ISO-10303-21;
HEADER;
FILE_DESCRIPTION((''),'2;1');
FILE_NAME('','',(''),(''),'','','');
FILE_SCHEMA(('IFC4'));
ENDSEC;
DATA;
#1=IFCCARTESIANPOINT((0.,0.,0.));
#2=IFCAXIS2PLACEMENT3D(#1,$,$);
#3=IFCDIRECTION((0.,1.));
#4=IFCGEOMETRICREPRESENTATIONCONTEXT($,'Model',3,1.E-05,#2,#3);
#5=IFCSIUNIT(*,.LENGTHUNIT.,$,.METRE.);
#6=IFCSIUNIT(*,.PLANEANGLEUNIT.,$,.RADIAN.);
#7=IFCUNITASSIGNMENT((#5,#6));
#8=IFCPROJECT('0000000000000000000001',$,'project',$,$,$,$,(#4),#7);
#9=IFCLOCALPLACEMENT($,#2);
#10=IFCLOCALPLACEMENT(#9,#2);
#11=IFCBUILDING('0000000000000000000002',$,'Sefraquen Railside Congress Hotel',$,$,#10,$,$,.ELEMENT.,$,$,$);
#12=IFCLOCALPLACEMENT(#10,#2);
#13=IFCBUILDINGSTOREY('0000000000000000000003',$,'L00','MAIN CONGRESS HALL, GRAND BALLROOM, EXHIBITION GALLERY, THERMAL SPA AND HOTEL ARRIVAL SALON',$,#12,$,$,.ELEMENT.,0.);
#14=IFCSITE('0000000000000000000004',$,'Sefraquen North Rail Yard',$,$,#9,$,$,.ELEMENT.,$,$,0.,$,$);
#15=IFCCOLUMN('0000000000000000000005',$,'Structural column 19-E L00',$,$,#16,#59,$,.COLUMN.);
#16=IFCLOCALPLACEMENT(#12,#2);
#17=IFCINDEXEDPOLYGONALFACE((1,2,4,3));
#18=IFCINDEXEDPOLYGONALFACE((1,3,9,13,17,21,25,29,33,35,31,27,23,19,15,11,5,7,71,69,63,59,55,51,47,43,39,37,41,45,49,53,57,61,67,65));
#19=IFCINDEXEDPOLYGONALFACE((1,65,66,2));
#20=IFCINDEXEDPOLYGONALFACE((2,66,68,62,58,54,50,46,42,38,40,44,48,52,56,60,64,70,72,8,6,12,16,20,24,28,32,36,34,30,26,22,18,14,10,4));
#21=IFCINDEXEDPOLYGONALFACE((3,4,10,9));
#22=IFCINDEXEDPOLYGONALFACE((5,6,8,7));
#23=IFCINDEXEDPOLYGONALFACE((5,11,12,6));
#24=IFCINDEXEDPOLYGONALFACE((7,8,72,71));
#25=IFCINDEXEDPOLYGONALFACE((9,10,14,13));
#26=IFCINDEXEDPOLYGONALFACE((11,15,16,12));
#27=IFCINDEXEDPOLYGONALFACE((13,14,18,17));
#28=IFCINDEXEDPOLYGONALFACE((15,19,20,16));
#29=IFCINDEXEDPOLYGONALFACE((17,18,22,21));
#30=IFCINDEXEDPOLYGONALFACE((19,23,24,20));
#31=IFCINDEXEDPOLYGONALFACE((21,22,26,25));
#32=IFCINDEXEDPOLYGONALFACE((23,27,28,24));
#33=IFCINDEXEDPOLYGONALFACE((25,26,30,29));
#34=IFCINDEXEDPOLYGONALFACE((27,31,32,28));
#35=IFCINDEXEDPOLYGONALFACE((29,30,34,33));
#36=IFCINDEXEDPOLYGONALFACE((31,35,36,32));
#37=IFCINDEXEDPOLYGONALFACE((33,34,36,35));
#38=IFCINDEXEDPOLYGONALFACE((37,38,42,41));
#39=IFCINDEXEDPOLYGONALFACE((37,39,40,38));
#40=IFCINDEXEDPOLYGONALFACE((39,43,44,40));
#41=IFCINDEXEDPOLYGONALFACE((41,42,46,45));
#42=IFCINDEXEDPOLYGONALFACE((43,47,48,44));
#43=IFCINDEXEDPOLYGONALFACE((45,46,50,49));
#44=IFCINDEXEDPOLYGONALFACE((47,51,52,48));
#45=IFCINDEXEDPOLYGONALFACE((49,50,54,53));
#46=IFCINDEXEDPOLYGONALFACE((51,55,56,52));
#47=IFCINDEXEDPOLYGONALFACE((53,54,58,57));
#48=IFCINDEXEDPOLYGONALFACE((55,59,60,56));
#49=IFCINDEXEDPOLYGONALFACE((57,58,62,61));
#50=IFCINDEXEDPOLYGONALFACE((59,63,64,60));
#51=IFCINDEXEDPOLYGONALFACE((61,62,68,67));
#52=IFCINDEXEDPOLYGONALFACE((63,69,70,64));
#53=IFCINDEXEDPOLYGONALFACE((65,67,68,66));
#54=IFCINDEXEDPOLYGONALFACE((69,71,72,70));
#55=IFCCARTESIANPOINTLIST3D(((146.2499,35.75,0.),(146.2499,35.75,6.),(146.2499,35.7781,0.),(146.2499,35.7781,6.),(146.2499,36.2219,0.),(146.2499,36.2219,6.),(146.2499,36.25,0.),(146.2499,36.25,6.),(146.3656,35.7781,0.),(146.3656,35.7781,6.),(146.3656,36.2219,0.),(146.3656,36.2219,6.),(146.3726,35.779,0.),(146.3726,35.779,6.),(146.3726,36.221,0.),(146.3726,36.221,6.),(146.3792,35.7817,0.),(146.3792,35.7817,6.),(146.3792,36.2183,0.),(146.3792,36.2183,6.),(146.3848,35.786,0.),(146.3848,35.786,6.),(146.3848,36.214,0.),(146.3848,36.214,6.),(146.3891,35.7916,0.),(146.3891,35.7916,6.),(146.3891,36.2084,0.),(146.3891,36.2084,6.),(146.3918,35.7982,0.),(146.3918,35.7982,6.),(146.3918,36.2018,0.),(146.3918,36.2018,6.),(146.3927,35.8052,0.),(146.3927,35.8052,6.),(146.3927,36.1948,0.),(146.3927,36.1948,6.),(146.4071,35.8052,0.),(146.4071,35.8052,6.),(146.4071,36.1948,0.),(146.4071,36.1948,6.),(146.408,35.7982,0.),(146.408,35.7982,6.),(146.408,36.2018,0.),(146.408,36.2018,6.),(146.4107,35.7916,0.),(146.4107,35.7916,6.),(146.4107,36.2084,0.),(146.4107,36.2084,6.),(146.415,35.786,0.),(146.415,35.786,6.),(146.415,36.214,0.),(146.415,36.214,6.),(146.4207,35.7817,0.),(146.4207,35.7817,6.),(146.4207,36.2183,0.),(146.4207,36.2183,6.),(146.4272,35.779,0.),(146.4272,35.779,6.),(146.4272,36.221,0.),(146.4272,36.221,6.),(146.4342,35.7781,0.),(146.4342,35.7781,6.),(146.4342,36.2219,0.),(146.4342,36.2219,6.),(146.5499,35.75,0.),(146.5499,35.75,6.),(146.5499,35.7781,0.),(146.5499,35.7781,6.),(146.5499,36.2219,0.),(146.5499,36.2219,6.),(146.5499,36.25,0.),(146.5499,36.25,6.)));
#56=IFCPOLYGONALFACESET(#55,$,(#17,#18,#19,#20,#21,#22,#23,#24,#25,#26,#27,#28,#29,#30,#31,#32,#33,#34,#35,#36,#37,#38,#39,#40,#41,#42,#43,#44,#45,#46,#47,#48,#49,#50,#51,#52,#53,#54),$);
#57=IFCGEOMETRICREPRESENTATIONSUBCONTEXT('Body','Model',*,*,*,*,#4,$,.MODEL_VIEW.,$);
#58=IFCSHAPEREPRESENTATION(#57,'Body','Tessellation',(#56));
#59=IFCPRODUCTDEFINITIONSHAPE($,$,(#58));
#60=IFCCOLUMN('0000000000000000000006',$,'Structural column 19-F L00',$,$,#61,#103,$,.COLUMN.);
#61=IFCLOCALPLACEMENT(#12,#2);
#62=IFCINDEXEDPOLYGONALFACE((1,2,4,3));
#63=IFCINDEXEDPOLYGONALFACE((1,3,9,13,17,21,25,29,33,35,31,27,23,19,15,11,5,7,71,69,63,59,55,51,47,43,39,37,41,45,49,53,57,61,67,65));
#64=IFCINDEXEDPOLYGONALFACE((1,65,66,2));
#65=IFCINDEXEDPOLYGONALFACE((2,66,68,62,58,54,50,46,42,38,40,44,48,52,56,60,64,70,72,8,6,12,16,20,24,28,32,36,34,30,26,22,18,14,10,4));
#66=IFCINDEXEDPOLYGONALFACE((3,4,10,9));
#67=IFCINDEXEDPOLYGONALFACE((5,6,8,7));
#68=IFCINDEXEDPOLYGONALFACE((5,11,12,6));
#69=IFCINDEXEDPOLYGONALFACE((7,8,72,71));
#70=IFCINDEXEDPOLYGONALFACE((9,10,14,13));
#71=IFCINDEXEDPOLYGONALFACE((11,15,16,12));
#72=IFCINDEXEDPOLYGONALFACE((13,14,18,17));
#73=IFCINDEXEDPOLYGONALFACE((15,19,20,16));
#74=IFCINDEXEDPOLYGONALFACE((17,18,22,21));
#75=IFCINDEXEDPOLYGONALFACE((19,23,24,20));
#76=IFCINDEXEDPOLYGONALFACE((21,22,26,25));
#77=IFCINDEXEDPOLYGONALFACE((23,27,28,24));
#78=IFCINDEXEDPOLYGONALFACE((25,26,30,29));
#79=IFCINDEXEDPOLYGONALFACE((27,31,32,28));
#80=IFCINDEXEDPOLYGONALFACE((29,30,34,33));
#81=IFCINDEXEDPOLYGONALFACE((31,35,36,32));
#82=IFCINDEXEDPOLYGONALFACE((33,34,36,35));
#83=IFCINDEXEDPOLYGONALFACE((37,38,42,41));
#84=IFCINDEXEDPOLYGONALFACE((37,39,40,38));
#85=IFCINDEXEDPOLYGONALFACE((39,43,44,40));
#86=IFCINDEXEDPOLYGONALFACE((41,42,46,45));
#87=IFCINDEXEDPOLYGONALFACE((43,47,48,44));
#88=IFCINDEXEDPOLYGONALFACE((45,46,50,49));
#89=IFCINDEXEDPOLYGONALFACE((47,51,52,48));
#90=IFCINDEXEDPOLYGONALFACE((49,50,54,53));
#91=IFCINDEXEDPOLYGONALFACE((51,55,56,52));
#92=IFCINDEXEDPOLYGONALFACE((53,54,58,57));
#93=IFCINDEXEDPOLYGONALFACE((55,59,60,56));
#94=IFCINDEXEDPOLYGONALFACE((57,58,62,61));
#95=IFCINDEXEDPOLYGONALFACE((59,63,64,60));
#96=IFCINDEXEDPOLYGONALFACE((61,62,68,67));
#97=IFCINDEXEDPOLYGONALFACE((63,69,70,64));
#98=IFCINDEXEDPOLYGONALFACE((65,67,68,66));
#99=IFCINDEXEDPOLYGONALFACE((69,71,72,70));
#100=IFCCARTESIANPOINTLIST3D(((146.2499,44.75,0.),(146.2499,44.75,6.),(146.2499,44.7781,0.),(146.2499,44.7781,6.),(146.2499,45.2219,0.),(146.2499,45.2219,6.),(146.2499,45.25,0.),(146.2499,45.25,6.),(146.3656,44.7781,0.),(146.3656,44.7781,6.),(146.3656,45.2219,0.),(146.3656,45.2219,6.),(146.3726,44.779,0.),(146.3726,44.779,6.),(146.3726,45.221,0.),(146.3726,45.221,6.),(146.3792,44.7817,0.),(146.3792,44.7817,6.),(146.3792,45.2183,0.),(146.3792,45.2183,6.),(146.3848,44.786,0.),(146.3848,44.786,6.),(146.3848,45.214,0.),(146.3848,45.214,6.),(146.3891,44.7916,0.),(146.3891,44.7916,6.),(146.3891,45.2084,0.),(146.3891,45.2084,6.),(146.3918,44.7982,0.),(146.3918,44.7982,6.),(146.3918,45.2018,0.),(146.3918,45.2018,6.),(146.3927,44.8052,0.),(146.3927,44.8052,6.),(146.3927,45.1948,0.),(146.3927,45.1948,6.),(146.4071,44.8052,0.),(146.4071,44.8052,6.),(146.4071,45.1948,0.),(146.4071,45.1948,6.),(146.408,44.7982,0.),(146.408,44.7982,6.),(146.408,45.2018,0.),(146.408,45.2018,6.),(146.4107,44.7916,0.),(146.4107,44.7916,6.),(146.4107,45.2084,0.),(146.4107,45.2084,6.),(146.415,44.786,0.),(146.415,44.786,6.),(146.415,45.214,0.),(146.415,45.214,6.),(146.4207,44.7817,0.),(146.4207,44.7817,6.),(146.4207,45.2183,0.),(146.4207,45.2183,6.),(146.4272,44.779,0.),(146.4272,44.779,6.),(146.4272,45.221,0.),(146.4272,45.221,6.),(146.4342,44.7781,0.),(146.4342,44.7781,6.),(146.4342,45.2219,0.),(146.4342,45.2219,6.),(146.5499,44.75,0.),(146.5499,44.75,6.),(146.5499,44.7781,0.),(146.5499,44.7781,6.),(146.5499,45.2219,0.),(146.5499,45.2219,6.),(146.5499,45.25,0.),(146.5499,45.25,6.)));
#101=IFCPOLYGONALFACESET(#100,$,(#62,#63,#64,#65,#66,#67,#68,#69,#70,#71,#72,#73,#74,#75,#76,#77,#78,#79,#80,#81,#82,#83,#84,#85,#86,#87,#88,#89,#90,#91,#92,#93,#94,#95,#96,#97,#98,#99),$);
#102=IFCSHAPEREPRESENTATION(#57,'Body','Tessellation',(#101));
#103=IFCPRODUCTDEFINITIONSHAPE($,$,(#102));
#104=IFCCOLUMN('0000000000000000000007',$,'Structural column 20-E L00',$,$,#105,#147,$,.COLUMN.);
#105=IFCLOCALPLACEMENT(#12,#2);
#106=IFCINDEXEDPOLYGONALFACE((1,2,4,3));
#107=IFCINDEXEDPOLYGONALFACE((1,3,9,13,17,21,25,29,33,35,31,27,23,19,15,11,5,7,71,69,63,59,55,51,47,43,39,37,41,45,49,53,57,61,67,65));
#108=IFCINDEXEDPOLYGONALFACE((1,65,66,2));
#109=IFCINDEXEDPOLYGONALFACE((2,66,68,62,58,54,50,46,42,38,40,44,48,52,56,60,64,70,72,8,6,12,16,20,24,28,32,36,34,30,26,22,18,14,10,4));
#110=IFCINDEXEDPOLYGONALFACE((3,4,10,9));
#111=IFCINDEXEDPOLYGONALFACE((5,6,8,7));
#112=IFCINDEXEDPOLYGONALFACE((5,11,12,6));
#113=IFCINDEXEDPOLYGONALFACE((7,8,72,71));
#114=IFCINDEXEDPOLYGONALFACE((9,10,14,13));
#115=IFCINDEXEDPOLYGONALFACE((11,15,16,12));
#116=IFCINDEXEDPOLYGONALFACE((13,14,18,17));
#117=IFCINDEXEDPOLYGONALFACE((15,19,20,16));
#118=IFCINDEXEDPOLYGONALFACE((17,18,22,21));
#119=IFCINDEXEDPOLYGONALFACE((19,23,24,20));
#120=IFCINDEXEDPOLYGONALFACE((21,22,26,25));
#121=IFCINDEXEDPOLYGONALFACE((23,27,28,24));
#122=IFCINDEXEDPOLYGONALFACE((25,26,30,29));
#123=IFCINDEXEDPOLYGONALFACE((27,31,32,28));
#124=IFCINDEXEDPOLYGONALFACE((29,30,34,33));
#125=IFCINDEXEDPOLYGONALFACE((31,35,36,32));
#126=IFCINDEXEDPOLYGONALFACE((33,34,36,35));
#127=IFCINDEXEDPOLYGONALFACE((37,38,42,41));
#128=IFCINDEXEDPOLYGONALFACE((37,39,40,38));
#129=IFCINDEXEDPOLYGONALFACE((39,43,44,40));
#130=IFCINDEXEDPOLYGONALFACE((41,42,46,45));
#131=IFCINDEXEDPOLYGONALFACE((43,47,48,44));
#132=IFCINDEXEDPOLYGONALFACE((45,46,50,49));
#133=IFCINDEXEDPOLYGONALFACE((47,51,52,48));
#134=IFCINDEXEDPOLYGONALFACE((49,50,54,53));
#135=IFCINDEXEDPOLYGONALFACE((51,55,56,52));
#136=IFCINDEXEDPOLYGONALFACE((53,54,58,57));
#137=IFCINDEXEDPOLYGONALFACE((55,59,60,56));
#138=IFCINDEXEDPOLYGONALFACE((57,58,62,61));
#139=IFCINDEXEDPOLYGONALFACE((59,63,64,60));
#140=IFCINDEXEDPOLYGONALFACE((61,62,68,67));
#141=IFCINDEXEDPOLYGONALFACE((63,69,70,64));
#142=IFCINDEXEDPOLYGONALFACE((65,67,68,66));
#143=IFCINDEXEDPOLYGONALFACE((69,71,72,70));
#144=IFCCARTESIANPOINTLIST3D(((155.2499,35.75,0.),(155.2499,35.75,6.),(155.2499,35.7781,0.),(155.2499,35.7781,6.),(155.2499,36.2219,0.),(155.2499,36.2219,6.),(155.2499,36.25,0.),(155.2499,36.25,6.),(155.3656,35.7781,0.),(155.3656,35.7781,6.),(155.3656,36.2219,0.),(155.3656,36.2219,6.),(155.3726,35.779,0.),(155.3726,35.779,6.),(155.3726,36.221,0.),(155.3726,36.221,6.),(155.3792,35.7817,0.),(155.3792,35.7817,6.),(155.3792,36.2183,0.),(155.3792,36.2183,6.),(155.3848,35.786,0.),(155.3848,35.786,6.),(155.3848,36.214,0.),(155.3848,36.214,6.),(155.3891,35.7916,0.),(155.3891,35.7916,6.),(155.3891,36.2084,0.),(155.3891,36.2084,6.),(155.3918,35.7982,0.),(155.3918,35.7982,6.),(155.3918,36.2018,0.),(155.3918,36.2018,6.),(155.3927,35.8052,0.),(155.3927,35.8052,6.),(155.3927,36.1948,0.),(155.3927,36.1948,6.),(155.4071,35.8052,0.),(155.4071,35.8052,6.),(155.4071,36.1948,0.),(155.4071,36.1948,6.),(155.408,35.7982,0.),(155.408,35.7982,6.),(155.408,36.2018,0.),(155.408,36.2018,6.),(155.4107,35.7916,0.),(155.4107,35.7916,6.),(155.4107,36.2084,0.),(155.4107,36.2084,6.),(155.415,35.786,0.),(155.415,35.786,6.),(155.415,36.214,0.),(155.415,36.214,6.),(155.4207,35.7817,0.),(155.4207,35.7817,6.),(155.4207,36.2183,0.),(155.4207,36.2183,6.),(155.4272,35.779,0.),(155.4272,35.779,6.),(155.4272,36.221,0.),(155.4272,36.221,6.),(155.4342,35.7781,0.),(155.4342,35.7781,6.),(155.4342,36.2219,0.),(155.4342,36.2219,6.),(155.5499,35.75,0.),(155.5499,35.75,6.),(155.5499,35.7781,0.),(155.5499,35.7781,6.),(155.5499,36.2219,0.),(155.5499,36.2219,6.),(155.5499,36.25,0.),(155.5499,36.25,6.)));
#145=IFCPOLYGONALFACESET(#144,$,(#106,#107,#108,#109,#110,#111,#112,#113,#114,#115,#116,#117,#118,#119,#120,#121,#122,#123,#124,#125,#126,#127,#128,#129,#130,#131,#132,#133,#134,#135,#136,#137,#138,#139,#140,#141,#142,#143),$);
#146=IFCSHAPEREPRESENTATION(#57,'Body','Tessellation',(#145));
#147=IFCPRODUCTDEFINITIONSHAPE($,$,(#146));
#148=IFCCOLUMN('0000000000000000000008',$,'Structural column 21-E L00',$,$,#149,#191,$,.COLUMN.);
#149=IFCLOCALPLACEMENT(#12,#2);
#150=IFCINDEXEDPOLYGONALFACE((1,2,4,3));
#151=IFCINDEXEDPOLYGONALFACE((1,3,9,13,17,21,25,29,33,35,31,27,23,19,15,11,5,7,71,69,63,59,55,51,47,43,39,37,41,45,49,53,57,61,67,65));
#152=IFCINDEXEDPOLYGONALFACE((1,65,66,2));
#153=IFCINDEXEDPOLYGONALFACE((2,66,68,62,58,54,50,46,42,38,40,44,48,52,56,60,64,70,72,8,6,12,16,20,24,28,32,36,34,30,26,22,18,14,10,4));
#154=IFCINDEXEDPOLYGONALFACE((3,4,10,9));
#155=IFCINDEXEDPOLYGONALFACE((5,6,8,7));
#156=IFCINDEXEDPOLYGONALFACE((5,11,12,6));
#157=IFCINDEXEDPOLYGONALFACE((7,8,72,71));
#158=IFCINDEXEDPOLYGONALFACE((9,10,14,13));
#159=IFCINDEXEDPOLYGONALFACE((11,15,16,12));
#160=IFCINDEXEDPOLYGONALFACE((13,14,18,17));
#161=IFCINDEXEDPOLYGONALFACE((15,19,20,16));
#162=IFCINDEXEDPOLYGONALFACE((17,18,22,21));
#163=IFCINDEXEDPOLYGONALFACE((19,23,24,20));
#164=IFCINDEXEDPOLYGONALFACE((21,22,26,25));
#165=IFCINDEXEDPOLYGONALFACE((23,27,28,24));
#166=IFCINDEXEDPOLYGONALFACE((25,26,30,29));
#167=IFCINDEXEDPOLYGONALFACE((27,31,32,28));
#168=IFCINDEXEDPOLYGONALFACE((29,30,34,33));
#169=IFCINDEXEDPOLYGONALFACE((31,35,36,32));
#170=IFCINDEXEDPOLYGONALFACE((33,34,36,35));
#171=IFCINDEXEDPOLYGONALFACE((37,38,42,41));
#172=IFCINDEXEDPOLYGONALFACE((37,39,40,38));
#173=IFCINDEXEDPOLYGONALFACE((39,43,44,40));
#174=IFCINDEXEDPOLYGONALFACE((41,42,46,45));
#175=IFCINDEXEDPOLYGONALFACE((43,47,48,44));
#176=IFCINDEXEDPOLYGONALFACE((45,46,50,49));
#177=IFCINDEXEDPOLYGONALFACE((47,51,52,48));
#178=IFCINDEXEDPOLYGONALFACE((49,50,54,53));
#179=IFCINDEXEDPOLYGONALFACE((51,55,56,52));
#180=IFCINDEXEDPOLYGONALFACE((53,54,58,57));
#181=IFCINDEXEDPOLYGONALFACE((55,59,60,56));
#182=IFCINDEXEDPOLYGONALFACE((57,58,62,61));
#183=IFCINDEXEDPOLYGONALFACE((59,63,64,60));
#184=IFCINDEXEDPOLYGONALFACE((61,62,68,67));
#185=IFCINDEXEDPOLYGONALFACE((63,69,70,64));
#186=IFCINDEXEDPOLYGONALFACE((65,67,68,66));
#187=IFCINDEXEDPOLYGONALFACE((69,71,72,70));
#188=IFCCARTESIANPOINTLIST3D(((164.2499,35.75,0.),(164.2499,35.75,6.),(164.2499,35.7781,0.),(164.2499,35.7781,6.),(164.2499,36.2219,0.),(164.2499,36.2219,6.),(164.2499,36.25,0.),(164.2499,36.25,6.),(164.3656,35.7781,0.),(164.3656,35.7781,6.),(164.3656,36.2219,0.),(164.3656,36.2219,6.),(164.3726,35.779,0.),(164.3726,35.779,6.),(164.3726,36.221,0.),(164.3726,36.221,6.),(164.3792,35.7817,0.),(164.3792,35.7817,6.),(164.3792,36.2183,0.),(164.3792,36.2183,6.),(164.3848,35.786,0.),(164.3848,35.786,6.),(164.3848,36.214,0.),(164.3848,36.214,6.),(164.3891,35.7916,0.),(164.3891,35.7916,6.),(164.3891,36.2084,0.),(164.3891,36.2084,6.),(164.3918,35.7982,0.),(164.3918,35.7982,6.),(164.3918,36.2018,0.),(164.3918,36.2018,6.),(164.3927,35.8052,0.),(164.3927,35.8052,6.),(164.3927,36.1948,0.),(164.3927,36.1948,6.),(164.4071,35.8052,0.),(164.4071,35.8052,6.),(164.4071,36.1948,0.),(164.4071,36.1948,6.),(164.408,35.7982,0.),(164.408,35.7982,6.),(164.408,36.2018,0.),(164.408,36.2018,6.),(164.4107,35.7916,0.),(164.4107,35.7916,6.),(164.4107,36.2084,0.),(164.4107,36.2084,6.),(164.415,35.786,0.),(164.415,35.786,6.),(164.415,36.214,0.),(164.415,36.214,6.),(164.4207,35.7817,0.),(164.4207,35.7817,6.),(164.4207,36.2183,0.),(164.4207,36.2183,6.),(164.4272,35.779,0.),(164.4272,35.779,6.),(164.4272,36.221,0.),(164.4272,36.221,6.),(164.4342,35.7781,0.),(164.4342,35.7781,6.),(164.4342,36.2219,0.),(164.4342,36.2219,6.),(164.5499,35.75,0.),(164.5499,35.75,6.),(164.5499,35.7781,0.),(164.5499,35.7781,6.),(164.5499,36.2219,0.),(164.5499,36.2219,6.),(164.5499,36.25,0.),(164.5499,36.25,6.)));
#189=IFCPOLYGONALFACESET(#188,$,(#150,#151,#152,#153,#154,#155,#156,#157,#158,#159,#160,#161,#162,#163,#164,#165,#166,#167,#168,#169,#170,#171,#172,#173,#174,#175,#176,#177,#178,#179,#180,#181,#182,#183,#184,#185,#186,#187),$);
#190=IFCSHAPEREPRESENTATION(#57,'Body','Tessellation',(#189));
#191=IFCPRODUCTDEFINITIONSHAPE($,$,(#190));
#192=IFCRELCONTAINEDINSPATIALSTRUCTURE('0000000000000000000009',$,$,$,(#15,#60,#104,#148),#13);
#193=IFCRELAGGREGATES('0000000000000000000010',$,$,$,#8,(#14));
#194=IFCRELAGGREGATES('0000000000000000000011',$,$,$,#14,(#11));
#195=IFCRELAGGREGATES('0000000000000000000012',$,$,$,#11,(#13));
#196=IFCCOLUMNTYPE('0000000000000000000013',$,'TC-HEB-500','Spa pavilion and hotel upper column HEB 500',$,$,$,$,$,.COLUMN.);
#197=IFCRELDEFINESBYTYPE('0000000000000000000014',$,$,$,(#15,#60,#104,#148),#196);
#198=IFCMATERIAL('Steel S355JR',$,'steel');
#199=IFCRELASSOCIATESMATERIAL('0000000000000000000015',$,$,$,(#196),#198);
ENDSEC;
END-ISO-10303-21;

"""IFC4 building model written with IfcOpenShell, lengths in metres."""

from ifc_helpers import new_model, si_unit, direction, frame, origin, origin_2d, place, context, subcontext, project, spatial, i_section, extrude, material, material_profile, profile_set, type_object, element, save


model = new_model("IFC4")

# Units and contexts
model_context = context("Model", 3, precision=1e-05, world=origin(), true_north=direction((0.0, 1.0)))
body_context = subcontext(model_context, "Body", "Model", "MODEL_VIEW")
ifc_project = project(units=[si_unit("LENGTHUNIT", "METRE"), si_unit("PLANEANGLEUNIT", "RADIAN")], contexts=[model_context])

# Site, building, storey
site_placement = place(None, origin())
site = spatial("IfcSite", under=ifc_project, at=site_placement, Name="Sefraquen North Rail Yard", CompositionType="ELEMENT", RefElevation=0.0)
building_placement = place(site_placement, origin())
building = spatial("IfcBuilding", under=site, at=building_placement, Name="Sefraquen Railside Congress Hotel", CompositionType="ELEMENT")
storey_placement = place(building_placement, origin())
storey = spatial("IfcBuildingStorey", under=building, at=storey_placement, Name="L00", Description="MAIN CONGRESS HALL, GRAND BALLROOM, EXHIBITION GALLERY, THERMAL SPA AND HOTEL ARRIVAL SALON", CompositionType="ELEMENT", Elevation=0.0)

# Columns
ifc_material_1 = material(Name="Steel S355JR", Category="steel")
ifc_material_profile_1 = material_profile(ifc_material_1, i_section(OverallWidth=0.3, OverallDepth=0.5, WebThickness=0.0144, FlangeThickness=0.0281, FilletRadius=0.0271, at=origin_2d()), Name="HEB 500")
ifc_profile_set_1 = profile_set([ifc_material_profile_1], Name="Steel S355JR")
column_type = type_object("IfcColumnType", Name="TC-HEB-500", Description="Spa pavilion and hotel upper column HEB 500", PredefinedType="COLUMN", material=ifc_profile_set_1)
for number, where, z_axis, x_axis, name in (
    (1, (146.3999, 36.0, 0.0), (0.0, 0.0, 1.0), (1.0, 0.0, 0.0), "Structural column 19-E L00"),
    (2, (146.3999, 45.0, 0.0), (0.0, 0.0, 1.0), (1.0, 0.0, 0.0), "Structural column 19-F L00"),
    (3, (155.3999, 36.0, 0.0), (0.0, 0.0, 1.0), (1.0, 0.0, 0.0), "Structural column 20-E L00"),
    (4, (164.3999, 36.0, 0.0), (0.0, 0.0, 1.0), (1.0, 0.0, 0.0), "Structural column 21-E L00"),
):
    element("IfcColumn", number, at=place(storey_placement, frame(where, z_axis=z_axis, x_axis=x_axis)), inside=storey, type_object=column_type, Name=name, PredefinedType="COLUMN", context=body_context, shape_type="SweptSolid", body=[
        extrude(i_section(OverallWidth=0.3, OverallDepth=0.5, WebThickness=0.0144, FlangeThickness=0.0281, FilletRadius=0.0271, at=origin_2d()), origin(), (0.0, 0.0, 1.0), 6.0),
    ])

save(model, "model.ifc")
